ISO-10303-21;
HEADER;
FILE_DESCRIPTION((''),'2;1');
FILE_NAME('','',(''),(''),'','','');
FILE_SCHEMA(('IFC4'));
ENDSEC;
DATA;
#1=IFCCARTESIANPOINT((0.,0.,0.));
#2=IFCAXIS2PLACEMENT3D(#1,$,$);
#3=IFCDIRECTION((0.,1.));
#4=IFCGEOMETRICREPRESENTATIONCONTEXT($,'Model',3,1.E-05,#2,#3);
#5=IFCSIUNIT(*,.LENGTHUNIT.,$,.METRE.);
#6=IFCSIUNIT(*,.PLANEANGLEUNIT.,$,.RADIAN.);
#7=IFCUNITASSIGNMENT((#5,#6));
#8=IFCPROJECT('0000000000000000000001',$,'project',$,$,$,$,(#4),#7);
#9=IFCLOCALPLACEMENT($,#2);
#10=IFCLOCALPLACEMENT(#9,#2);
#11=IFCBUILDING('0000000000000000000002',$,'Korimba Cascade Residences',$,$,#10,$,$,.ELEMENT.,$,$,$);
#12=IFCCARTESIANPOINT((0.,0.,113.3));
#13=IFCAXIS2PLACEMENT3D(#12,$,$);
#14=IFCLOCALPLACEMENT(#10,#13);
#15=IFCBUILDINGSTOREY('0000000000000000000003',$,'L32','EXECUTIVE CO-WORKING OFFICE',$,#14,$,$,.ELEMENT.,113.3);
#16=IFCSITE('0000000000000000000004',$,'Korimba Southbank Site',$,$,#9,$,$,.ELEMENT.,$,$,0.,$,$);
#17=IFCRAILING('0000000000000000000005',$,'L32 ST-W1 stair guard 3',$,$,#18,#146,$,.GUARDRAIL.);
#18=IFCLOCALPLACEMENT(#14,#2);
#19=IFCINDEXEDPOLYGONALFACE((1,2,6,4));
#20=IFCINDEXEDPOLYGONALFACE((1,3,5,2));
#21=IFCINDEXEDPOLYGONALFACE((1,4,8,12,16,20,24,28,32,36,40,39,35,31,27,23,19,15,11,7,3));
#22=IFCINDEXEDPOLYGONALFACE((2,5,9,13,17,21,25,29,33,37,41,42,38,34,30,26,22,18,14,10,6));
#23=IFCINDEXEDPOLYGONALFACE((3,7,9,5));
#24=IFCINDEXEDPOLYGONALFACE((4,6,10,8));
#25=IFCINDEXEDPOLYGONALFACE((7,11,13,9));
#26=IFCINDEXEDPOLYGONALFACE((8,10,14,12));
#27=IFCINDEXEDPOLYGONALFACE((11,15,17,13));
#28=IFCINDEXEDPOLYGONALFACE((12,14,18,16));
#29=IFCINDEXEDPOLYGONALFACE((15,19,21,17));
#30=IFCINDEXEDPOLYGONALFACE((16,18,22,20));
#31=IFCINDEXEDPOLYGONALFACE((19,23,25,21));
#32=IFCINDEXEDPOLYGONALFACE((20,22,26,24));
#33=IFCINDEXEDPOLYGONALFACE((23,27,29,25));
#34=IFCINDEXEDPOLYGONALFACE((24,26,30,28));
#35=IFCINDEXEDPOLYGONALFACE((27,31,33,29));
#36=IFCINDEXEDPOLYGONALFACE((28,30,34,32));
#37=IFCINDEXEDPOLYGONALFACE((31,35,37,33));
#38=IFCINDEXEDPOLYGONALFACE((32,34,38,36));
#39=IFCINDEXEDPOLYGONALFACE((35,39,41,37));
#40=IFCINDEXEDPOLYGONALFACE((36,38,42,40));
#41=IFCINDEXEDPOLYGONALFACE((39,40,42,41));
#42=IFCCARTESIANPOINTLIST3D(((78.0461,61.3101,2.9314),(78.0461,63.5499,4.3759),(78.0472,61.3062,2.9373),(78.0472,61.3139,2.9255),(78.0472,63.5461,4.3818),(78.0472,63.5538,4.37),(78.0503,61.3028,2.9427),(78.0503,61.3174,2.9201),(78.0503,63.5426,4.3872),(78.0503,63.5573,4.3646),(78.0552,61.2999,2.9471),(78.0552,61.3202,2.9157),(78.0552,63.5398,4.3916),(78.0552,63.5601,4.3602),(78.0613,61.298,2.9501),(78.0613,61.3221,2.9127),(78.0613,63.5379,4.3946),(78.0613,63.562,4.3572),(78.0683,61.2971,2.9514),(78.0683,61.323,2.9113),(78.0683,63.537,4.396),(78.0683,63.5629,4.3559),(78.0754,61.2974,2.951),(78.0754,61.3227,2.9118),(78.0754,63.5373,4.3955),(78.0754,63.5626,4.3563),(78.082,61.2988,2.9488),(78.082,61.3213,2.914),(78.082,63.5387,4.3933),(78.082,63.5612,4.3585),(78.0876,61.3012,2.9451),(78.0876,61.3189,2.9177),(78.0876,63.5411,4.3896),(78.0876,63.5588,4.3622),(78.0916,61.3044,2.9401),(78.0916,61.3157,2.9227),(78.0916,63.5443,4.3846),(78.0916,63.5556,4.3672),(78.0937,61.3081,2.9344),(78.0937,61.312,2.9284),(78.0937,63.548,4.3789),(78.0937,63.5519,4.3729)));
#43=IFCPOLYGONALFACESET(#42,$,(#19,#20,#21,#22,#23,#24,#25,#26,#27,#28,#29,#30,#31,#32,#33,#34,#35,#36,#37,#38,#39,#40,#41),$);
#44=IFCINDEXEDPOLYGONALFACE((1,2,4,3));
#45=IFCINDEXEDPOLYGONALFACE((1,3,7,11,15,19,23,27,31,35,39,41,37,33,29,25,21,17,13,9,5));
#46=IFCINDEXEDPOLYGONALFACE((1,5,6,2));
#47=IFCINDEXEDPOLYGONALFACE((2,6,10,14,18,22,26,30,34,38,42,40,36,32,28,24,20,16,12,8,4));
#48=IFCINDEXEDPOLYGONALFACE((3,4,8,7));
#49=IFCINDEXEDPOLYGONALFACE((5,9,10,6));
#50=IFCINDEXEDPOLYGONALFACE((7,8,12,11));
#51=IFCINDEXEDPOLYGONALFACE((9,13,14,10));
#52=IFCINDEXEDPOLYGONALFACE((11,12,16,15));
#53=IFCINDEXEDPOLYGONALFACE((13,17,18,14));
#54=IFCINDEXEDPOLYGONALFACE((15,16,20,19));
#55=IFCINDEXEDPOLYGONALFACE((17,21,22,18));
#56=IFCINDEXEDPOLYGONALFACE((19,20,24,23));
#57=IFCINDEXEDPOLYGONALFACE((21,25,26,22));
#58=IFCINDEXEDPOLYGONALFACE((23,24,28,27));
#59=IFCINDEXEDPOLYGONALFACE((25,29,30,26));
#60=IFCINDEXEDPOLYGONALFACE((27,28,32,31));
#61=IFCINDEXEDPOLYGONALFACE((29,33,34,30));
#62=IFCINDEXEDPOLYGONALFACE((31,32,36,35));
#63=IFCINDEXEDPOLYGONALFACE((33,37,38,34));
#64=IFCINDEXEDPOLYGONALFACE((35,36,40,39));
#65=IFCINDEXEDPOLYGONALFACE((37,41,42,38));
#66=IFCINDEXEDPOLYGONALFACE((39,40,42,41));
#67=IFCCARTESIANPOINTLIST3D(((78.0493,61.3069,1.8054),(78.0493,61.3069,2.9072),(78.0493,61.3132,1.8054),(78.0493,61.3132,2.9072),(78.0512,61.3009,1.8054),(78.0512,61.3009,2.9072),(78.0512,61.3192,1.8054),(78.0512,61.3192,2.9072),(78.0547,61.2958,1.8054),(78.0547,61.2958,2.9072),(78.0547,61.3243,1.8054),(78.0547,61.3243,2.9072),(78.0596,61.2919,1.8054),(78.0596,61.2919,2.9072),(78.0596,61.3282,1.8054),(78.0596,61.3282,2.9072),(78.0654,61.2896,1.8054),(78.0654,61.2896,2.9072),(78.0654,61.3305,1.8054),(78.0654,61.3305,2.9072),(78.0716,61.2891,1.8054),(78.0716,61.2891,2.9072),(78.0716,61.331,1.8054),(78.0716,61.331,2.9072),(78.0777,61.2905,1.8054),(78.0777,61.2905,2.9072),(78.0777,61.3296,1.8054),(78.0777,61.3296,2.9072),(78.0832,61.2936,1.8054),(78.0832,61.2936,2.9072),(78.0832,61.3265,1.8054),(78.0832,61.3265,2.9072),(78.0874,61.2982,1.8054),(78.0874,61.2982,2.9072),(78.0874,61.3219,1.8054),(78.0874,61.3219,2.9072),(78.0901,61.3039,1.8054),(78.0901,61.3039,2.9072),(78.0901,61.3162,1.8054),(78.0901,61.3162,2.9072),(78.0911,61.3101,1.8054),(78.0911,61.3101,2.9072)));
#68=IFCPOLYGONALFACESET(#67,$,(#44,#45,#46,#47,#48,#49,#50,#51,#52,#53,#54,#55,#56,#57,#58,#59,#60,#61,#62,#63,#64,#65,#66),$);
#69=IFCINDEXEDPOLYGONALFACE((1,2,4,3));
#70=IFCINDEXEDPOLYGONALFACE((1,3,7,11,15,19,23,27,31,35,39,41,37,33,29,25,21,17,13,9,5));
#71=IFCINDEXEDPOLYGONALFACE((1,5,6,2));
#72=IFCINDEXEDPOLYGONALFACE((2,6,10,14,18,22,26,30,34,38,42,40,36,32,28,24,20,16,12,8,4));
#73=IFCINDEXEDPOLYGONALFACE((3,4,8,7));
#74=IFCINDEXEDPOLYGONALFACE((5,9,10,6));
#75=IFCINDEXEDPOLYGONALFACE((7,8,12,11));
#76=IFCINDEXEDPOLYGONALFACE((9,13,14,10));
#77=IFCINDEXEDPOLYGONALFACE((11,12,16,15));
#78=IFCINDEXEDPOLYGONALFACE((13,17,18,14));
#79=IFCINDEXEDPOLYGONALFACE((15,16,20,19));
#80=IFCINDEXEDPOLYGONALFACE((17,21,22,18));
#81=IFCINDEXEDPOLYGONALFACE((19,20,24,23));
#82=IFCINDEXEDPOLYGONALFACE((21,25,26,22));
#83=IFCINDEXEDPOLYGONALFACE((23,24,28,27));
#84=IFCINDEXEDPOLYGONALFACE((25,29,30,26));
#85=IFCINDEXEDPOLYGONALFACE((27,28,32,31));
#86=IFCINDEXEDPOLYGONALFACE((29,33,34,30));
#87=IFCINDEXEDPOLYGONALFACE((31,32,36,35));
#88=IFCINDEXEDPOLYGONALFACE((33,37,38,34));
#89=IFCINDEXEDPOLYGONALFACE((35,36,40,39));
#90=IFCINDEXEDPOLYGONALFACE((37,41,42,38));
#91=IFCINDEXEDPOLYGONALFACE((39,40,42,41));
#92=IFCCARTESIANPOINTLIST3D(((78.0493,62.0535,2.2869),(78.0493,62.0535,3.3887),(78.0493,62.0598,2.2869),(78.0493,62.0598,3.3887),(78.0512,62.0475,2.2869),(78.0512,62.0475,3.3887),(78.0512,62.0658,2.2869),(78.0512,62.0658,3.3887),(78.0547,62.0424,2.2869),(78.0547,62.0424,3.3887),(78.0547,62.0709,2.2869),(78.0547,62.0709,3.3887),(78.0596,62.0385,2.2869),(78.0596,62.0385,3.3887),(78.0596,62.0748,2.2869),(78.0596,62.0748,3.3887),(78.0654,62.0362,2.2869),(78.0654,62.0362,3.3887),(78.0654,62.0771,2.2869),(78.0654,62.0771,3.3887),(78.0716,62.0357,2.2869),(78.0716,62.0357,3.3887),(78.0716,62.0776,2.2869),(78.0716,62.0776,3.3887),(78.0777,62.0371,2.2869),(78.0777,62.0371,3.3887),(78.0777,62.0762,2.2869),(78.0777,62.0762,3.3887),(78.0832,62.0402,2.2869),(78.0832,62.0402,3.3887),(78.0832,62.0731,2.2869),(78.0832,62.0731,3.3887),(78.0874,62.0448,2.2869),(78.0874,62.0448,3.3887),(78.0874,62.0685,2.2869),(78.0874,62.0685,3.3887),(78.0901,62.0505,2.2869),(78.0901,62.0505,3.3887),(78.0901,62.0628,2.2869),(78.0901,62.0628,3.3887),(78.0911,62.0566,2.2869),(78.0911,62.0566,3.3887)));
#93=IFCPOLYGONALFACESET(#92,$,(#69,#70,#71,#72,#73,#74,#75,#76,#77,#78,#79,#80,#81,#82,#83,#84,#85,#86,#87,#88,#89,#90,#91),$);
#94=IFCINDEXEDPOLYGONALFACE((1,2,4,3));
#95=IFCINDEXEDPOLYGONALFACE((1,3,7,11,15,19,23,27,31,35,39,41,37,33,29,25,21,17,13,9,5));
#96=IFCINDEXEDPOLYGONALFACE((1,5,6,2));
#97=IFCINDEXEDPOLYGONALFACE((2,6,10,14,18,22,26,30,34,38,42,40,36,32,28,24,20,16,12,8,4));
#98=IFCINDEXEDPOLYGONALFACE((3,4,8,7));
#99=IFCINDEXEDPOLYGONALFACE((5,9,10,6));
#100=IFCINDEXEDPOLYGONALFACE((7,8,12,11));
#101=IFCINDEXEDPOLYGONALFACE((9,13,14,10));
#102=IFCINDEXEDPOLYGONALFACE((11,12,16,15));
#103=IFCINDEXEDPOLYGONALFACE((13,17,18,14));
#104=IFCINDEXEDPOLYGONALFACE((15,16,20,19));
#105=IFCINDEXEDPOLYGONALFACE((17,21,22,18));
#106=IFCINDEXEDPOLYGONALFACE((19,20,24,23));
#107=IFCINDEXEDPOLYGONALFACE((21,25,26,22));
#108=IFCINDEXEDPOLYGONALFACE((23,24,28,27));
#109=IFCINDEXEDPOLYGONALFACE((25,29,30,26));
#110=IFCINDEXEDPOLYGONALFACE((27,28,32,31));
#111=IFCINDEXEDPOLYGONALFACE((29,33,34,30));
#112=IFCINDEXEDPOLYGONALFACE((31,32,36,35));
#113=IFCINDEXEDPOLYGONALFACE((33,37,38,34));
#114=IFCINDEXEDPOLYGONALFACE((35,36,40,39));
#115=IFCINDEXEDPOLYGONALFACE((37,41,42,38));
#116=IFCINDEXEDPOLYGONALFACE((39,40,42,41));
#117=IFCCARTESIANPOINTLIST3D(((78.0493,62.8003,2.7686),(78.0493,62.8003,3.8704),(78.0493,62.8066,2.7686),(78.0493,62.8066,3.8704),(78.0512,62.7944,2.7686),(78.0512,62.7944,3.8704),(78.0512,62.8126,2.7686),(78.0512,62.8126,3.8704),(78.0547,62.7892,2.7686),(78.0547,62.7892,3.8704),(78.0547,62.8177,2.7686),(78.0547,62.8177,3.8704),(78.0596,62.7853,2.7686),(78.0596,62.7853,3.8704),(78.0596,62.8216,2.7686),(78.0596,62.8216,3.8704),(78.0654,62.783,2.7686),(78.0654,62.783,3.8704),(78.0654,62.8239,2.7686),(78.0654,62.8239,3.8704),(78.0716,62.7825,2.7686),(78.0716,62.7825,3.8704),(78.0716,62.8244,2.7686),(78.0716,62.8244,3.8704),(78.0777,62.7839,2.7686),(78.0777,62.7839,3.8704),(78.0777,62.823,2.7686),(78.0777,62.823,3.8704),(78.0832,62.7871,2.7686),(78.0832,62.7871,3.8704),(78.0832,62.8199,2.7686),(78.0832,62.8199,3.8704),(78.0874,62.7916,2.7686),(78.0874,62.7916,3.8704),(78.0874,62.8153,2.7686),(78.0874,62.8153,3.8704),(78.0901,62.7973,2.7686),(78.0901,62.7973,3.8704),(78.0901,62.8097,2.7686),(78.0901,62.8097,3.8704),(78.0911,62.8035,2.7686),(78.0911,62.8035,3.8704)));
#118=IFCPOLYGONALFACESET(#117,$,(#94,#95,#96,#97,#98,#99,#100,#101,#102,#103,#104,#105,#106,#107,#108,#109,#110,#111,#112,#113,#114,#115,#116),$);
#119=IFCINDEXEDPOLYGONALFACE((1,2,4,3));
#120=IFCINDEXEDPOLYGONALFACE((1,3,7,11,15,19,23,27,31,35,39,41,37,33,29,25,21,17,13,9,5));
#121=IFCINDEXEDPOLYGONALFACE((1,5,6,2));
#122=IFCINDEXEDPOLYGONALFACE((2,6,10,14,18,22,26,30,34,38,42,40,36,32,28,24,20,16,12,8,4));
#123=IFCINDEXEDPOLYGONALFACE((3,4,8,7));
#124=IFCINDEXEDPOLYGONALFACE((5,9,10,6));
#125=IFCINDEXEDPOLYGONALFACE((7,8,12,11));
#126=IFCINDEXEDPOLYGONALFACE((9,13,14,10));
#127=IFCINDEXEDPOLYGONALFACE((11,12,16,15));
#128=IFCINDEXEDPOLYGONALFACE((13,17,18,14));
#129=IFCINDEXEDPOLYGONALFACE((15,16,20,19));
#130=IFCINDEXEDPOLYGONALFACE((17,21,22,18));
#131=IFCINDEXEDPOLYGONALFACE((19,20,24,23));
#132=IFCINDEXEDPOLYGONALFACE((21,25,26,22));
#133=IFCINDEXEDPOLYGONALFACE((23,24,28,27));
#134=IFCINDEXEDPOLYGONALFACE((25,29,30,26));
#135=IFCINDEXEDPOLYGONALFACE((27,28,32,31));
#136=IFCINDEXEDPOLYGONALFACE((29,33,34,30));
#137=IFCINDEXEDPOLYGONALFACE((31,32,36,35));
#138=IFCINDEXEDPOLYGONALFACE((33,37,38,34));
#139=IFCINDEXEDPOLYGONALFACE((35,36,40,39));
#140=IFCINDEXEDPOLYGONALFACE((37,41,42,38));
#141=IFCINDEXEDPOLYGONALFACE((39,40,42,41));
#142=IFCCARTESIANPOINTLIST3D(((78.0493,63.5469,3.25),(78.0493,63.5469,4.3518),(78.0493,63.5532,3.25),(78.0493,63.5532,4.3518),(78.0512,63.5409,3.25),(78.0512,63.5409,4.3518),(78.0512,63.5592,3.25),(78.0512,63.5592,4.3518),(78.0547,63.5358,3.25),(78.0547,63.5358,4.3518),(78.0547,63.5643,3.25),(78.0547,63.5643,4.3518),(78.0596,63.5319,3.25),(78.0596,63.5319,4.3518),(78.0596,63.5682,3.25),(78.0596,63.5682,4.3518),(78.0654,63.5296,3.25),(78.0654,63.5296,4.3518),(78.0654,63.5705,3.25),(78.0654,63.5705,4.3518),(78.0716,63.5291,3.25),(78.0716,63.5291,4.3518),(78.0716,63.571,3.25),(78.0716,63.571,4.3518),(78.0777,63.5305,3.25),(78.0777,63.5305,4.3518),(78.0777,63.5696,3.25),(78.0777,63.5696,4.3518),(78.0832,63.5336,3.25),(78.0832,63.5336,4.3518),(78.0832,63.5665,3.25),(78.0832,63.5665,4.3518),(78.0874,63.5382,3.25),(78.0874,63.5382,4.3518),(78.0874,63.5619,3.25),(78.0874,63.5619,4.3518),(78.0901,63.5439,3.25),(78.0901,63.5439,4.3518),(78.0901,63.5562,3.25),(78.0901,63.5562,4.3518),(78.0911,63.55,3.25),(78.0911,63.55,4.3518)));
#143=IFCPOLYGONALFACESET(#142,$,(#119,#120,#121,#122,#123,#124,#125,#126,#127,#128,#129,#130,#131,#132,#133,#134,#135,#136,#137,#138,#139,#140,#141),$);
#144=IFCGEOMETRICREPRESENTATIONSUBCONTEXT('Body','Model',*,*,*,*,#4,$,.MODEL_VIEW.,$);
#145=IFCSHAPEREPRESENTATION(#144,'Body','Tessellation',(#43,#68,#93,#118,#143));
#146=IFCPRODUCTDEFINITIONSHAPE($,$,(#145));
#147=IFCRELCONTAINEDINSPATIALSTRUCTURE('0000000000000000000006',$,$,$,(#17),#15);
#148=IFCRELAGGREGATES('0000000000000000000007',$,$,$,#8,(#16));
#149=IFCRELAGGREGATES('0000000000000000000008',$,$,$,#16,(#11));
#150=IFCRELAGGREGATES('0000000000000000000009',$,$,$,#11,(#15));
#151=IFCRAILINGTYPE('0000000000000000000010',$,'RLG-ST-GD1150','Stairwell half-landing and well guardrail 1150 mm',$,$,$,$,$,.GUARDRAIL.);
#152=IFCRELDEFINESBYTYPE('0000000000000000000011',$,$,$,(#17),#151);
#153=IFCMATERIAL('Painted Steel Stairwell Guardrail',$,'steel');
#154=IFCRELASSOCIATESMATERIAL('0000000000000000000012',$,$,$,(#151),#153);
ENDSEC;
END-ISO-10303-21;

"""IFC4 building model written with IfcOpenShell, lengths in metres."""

from ifc_helpers import new_model, si_unit, direction, frame, origin, origin_2d, place, context, subcontext, project, spatial, circle, extrude, material, type_object, element, save


model = new_model("IFC4")

# Units and contexts
model_context = context("Model", 3, precision=1e-05, world=origin(), true_north=direction((0.0, 1.0)))
body_context = subcontext(model_context, "Body", "Model", "MODEL_VIEW")
ifc_project = project(units=[si_unit("LENGTHUNIT", "METRE"), si_unit("PLANEANGLEUNIT", "RADIAN")], contexts=[model_context])

# Site, building, storey
site_placement = place(None, origin())
site = spatial("IfcSite", under=ifc_project, at=site_placement, Name="Korimba Southbank Site", CompositionType="ELEMENT", RefElevation=0.0)
building_placement = place(site_placement, origin())
building = spatial("IfcBuilding", under=site, at=building_placement, Name="Korimba Cascade Residences", CompositionType="ELEMENT")
storey_placement = place(building_placement, frame((0.0, 0.0, 113.3)))
storey = spatial("IfcBuildingStorey", under=building, at=storey_placement, Name="L32", Description="EXECUTIVE CO-WORKING OFFICE", CompositionType="ELEMENT", Elevation=113.3)

# Railing
ifc_material_1 = material(Name="Painted Steel Stairwell Guardrail", Category="steel")
railing_type_1 = type_object("IfcRailingType", Name="RLG-ST-GD1150", Description="Stairwell half-landing and well guardrail 1150 mm", PredefinedType="GUARDRAIL", material=ifc_material_1)
railing_1_placement = place(storey_placement, frame((78.0701, 61.3101, 1.8054)))
element("IfcRailing", 1, at=railing_1_placement, inside=storey, type_object=railing_type_1, Name="L32 ST-W1 stair guard 3", PredefinedType="GUARDRAIL", context=body_context, shape_type="SweptSolid", body=[
    extrude(circle(Radius=0.0239, at=origin_2d()), frame((0.0, 0.0, 1.126), z_axis=(0.0, 0.840395, 0.541975), x_axis=(-1.0, 0.0, 0.0)), (0.0, 0.0, 1.0), 2.6653),
    extrude(circle(Radius=0.021, at=origin_2d()), origin(), (0.0, 0.0, 1.0), 1.1018),
    extrude(circle(Radius=0.021, at=origin_2d()), frame((0.0, 0.7466, 0.4814)), (0.0, 0.0, 1.0), 1.1018),
    extrude(circle(Radius=0.021, at=origin_2d()), frame((0.0, 1.4934, 0.9631)), (0.0, 0.0, 1.0), 1.1018),
    extrude(circle(Radius=0.021, at=origin_2d()), frame((0.0, 2.24, 1.4446)), (0.0, 0.0, 1.0), 1.1018),
])

save(model, "model.ifc")
